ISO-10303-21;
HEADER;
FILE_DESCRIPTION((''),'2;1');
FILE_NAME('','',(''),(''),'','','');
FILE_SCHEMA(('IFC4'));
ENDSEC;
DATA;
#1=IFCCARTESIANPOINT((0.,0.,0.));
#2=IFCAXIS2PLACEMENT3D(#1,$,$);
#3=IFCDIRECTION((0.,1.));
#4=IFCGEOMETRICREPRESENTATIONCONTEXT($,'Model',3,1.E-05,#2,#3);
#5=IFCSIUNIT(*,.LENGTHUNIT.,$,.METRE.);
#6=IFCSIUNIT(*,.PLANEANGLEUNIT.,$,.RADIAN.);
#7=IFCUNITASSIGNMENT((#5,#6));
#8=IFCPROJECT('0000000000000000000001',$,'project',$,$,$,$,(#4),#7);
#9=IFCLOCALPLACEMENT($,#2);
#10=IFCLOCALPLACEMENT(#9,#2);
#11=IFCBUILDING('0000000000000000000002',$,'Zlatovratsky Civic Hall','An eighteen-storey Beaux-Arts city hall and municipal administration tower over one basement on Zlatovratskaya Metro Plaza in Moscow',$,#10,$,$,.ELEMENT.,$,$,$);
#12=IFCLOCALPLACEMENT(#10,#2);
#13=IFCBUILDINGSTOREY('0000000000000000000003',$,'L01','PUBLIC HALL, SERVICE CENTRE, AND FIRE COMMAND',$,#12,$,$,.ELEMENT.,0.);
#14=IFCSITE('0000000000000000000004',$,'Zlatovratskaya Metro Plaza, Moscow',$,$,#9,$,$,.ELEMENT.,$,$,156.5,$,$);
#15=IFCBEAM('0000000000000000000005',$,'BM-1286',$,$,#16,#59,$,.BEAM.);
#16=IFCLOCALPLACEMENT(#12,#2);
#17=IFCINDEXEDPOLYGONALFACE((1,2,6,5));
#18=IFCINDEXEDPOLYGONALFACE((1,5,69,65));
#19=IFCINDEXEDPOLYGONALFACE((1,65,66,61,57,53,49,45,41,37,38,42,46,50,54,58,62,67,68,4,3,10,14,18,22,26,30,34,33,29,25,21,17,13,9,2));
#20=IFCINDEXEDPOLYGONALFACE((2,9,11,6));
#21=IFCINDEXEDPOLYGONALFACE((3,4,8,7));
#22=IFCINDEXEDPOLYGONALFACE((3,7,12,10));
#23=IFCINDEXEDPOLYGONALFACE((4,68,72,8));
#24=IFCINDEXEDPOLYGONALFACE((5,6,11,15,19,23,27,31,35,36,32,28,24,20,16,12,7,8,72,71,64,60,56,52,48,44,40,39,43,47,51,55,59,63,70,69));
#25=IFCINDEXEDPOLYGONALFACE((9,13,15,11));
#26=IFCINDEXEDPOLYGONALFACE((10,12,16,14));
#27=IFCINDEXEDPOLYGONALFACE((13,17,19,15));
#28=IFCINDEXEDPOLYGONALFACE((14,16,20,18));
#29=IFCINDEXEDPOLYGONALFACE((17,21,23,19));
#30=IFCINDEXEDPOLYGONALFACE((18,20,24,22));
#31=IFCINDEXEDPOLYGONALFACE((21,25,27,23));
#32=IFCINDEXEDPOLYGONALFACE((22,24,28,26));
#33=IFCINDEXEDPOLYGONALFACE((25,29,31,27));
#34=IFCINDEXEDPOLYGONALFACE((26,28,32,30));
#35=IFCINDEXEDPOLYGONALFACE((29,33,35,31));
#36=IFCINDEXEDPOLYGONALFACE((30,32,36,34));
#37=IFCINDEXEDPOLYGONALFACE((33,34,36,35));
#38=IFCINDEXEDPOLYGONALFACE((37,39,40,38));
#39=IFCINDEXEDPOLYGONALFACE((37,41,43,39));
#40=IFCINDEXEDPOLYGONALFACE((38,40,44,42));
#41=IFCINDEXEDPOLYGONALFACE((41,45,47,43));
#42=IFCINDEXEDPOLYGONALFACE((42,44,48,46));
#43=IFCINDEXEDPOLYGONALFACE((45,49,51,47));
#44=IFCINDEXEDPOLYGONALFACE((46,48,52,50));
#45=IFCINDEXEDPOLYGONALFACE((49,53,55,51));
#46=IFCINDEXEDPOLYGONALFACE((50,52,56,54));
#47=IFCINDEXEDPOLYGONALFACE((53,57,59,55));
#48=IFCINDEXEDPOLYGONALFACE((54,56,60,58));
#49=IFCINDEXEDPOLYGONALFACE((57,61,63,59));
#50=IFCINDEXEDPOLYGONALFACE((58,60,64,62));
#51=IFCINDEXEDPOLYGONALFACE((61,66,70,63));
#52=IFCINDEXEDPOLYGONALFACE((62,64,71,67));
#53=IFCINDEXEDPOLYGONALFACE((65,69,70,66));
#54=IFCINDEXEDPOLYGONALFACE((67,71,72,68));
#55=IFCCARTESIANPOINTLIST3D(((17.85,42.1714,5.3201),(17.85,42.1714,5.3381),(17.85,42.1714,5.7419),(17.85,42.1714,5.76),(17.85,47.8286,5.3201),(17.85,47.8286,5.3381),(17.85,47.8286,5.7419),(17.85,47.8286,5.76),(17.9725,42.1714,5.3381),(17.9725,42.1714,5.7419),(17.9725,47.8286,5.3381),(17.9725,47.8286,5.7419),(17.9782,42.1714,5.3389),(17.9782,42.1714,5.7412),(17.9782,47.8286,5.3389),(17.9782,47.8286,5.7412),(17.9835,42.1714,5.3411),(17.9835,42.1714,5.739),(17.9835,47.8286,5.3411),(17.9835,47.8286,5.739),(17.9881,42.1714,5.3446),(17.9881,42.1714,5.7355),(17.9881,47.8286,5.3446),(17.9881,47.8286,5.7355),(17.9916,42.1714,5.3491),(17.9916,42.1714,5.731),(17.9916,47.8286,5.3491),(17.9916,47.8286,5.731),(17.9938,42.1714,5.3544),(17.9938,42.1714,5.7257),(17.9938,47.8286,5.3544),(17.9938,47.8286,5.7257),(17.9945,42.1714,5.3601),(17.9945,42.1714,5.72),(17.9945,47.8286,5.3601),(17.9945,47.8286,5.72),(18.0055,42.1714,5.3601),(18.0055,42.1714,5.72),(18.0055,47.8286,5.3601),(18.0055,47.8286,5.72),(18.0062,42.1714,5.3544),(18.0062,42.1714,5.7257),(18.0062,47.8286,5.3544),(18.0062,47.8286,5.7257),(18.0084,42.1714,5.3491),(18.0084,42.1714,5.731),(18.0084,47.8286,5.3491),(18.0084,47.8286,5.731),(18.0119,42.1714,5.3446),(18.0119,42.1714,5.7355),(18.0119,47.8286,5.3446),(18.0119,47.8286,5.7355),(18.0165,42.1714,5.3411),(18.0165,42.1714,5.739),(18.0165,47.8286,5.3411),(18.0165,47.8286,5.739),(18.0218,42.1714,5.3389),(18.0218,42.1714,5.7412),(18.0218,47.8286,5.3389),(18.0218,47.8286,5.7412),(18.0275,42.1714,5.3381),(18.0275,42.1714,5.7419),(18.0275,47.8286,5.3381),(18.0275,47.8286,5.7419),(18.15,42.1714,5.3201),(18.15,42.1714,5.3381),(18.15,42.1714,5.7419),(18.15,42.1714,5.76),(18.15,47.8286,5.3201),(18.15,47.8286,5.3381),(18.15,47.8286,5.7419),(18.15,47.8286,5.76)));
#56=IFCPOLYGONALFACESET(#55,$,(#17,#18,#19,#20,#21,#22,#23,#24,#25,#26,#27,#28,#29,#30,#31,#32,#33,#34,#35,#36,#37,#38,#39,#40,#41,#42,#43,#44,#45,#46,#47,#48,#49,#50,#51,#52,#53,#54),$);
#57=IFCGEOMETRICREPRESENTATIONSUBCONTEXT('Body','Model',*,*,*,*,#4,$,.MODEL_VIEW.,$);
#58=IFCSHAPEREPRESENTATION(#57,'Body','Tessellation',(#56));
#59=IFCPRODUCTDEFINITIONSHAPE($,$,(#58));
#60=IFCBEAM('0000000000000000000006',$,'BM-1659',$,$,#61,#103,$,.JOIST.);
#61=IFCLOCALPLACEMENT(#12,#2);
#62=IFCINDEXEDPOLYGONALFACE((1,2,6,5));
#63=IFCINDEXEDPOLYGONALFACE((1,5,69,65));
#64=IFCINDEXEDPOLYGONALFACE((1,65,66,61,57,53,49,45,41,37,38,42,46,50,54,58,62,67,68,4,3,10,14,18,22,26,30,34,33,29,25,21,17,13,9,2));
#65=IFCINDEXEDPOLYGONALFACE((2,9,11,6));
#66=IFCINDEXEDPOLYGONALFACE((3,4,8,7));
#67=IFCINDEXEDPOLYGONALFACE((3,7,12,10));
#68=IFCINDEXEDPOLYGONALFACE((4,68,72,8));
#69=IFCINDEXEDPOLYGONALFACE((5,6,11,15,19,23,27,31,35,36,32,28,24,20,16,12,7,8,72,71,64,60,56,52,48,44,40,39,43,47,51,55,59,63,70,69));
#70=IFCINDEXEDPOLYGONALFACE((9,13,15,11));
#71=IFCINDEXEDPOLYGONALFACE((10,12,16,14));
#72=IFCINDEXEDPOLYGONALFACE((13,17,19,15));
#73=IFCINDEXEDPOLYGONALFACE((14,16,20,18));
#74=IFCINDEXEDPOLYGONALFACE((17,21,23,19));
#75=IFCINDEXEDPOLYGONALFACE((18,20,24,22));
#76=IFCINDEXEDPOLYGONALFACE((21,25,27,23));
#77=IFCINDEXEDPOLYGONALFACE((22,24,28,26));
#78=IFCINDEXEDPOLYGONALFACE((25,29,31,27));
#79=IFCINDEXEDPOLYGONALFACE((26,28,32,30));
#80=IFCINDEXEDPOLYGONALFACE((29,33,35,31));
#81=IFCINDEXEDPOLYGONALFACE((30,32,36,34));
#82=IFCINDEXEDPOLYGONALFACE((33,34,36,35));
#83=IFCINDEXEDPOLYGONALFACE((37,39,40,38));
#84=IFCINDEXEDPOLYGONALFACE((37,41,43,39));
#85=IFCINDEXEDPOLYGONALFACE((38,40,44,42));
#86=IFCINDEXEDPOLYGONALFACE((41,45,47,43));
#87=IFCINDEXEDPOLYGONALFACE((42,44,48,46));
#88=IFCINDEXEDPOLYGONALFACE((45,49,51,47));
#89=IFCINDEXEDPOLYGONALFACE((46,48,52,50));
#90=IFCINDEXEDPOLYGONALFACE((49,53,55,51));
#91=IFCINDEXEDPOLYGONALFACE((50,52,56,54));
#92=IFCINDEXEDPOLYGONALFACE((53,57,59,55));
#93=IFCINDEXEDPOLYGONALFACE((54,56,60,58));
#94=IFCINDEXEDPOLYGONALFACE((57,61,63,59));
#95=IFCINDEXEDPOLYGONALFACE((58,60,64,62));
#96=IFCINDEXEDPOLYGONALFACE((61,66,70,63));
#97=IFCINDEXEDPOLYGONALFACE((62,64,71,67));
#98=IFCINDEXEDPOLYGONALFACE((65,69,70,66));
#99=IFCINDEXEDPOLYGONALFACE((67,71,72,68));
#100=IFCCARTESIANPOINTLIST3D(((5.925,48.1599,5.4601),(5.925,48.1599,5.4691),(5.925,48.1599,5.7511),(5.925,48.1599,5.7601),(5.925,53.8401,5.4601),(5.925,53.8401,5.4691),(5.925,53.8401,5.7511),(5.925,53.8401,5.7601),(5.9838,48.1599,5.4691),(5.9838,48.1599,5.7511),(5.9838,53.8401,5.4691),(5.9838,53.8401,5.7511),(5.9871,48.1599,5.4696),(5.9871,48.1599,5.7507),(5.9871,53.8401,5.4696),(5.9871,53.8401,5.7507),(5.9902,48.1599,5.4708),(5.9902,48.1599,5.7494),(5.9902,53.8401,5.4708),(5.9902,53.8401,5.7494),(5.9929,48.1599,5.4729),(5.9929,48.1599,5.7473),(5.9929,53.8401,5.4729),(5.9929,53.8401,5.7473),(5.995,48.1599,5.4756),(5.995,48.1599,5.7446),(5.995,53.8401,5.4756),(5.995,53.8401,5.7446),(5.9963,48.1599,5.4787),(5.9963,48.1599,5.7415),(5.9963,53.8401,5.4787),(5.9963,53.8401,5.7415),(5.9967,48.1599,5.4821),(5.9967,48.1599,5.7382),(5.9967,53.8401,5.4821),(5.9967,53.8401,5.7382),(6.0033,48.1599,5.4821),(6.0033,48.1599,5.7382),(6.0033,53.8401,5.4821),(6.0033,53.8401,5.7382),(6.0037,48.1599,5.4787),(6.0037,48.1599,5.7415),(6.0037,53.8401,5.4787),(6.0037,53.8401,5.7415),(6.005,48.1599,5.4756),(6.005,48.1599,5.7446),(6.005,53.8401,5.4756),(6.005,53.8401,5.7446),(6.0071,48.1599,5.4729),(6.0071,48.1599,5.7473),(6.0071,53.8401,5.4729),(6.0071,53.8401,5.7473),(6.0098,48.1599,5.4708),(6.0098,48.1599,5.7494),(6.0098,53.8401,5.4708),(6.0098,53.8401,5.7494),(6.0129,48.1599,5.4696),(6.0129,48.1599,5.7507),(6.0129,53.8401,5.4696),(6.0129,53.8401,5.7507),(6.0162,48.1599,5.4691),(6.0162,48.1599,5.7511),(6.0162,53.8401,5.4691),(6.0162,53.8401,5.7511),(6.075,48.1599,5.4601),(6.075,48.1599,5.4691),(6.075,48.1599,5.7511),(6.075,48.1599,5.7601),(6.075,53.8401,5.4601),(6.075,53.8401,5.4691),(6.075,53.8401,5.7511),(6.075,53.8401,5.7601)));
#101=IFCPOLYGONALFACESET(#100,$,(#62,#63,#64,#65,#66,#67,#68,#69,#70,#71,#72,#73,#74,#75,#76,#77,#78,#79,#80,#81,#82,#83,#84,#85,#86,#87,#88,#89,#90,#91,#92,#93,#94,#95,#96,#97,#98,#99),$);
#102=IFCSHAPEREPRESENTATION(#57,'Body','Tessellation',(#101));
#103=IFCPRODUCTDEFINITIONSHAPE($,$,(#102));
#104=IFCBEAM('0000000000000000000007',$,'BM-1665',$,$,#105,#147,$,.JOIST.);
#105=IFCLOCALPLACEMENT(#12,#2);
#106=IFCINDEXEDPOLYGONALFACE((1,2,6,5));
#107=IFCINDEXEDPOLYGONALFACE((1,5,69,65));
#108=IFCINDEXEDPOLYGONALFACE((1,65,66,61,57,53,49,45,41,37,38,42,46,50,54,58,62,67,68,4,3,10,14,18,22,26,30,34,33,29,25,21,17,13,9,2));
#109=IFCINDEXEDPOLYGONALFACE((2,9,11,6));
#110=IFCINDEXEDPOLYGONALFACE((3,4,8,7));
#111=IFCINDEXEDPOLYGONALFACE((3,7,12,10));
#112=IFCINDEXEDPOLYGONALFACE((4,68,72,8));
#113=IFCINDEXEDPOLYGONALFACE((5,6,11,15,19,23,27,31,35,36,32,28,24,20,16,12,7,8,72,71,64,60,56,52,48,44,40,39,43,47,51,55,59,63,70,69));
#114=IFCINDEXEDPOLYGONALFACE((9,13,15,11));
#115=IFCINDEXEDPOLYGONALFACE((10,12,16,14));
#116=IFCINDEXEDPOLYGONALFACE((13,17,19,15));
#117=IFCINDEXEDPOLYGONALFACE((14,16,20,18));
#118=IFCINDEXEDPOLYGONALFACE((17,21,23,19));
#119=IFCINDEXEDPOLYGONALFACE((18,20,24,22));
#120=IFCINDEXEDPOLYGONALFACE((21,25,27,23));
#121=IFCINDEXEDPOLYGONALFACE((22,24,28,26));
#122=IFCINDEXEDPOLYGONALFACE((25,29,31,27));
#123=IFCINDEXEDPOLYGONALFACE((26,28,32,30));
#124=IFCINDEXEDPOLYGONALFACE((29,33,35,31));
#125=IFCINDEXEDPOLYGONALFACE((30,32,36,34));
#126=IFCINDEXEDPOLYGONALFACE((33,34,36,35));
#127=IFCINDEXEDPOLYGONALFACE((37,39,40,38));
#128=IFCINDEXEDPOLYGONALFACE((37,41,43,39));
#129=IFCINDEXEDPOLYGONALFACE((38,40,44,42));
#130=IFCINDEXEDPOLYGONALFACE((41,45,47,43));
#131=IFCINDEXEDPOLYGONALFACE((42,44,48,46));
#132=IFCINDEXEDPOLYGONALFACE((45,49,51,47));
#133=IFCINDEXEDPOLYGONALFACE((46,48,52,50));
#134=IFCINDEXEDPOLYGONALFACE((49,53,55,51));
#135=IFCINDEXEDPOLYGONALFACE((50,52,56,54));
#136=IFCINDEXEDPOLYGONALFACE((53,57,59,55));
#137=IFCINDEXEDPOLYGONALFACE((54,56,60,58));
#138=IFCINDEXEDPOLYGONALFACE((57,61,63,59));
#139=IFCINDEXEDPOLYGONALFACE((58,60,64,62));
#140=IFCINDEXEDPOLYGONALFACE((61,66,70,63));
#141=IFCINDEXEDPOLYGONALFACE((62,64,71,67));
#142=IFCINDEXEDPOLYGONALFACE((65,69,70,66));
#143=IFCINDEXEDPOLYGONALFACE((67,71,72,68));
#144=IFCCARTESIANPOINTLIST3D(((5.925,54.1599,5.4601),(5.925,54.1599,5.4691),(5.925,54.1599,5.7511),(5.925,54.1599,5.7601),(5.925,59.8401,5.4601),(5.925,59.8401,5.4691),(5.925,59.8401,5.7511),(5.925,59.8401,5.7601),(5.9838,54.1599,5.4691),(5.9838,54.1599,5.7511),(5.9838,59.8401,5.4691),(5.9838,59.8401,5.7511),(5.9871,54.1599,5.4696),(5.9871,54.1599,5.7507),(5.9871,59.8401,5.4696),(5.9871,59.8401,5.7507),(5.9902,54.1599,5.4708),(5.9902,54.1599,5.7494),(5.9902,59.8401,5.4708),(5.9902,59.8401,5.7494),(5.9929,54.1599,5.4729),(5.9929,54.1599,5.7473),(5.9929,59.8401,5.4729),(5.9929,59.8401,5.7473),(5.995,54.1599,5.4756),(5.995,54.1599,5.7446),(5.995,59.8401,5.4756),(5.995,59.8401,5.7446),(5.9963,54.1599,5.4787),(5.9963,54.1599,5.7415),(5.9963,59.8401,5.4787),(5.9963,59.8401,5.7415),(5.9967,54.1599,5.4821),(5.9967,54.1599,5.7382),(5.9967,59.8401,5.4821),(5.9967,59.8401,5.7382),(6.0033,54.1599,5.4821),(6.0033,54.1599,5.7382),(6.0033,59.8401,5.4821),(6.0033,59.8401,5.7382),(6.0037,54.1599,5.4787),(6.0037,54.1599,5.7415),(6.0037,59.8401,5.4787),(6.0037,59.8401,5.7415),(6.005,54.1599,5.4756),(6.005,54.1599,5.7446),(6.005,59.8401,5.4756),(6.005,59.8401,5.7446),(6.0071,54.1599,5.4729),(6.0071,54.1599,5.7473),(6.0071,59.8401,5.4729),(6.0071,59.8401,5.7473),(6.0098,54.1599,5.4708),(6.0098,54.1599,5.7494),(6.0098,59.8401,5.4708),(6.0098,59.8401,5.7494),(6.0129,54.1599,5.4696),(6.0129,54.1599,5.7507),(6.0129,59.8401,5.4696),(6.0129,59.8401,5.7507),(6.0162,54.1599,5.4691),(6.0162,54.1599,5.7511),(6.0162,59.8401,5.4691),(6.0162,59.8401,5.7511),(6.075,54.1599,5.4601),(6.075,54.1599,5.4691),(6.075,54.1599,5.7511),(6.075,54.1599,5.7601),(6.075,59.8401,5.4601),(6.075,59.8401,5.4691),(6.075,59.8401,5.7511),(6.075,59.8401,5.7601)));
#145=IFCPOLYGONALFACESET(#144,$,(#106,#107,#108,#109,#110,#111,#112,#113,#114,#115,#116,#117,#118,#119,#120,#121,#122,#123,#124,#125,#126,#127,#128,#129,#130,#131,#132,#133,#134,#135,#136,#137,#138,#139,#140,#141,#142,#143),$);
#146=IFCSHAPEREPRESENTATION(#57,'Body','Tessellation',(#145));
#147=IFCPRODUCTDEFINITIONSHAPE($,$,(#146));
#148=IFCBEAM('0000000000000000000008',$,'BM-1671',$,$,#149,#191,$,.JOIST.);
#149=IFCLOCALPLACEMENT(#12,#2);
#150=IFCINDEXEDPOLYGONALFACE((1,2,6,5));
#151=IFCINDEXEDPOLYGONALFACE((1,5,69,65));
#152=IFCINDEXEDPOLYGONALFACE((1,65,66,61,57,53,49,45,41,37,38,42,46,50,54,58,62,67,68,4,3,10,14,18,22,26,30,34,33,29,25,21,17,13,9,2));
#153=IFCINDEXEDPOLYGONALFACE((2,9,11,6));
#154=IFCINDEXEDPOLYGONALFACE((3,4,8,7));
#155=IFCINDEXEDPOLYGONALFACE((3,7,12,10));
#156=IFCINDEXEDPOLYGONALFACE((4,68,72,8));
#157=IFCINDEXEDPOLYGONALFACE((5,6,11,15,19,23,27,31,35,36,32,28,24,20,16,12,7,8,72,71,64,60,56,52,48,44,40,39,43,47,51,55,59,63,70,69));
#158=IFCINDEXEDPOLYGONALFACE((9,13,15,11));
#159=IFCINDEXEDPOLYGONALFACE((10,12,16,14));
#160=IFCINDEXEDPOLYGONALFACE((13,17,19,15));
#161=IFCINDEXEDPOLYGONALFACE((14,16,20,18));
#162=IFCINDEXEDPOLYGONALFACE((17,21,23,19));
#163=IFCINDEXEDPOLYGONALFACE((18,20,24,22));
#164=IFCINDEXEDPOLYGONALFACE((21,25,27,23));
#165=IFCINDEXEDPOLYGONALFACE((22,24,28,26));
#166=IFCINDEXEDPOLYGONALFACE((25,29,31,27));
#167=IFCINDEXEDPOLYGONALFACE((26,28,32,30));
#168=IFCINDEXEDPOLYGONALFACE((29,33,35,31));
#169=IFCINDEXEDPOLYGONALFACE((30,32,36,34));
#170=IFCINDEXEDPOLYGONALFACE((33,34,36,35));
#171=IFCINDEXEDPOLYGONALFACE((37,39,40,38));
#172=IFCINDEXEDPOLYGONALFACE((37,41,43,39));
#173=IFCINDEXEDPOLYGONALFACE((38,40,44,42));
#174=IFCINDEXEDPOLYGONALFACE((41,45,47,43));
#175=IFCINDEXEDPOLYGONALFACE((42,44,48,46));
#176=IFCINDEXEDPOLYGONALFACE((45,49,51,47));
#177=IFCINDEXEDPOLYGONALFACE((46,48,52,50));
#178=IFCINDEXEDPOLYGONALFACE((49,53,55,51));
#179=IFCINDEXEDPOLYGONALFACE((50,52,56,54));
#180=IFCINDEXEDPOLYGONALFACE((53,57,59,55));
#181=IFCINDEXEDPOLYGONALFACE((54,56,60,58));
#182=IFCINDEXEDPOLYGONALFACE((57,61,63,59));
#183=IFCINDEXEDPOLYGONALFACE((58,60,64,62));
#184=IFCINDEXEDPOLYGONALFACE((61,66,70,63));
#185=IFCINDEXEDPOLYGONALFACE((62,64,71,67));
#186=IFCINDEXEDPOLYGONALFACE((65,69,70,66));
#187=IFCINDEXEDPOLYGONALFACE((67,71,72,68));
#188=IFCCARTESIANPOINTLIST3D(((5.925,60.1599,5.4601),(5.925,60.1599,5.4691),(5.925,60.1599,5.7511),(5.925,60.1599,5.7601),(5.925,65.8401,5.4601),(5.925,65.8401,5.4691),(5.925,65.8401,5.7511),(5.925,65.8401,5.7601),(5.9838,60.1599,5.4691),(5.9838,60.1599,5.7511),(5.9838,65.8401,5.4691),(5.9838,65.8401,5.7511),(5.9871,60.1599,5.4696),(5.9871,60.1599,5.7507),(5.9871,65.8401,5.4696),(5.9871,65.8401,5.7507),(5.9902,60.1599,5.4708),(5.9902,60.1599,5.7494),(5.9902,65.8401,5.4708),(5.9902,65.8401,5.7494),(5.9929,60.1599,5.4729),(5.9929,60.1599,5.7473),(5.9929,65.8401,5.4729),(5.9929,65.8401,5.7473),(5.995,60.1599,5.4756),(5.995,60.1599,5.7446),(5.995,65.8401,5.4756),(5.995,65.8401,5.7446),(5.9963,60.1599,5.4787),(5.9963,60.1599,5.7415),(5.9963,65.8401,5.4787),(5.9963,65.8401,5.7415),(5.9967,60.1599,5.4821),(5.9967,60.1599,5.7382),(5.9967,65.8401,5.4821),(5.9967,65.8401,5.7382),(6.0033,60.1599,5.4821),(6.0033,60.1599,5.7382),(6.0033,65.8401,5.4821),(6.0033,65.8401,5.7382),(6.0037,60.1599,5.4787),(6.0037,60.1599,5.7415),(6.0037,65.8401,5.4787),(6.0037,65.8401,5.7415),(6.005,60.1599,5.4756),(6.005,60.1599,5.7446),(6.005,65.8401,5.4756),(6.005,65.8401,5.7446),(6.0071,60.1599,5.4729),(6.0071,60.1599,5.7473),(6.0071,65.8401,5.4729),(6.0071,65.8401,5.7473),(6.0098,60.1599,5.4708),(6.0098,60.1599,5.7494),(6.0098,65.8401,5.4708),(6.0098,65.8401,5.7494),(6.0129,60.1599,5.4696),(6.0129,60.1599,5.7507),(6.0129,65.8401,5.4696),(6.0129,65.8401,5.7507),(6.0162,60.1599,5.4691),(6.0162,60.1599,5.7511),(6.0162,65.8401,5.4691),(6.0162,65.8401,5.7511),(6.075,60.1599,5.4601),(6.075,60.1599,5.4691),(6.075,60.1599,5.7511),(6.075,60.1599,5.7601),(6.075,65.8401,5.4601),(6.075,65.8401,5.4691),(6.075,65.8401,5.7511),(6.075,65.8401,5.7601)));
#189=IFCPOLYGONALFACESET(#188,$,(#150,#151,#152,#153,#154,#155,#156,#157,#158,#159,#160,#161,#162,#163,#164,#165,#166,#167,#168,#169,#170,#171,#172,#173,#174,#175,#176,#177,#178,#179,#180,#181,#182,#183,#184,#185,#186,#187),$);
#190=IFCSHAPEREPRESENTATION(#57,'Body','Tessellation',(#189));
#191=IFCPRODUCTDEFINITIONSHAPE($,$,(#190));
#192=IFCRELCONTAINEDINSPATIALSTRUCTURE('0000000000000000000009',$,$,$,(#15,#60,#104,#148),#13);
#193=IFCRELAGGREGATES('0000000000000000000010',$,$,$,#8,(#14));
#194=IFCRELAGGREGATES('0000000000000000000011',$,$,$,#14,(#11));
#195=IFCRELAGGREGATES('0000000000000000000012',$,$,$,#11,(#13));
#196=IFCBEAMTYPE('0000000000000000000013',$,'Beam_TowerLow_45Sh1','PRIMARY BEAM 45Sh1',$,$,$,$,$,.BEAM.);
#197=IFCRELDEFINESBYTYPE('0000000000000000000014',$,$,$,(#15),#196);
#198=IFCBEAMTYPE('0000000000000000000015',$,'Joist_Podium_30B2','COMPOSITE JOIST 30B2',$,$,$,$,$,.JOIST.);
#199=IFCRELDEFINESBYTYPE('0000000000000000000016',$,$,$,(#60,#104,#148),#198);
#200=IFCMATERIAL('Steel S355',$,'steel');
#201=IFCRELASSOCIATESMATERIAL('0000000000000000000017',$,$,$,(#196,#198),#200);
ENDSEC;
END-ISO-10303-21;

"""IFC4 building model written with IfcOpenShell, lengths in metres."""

from ifc_helpers import new_model, si_unit, direction, frame, origin, origin_2d, place, context, subcontext, project, spatial, i_section, extrude, material, material_profile, profile_set, type_object, element, save


model = new_model("IFC4")

# Units and contexts
model_context = context("Model", 3, precision=1e-05, world=origin(), true_north=direction((0.0, 1.0)))
body_context = subcontext(model_context, "Body", "Model", "MODEL_VIEW")
ifc_project = project(units=[si_unit("LENGTHUNIT", "METRE"), si_unit("PLANEANGLEUNIT", "RADIAN")], contexts=[model_context])

# Site, building, storey
site_placement = place(None, origin())
site = spatial("IfcSite", under=ifc_project, at=site_placement, Name="Zlatovratskaya Metro Plaza, Moscow", CompositionType="ELEMENT", RefElevation=156.5)
building_placement = place(site_placement, origin())
building = spatial("IfcBuilding", under=site, at=building_placement, Name="Zlatovratsky Civic Hall", Description="An eighteen-storey Beaux-Arts city hall and municipal administration tower over one basement on Zlatovratskaya Metro Plaza in Moscow", CompositionType="ELEMENT")
storey_placement = place(building_placement, origin())
storey = spatial("IfcBuildingStorey", under=building, at=storey_placement, Name="L01", Description="PUBLIC HALL, SERVICE CENTRE, AND FIRE COMMAND", CompositionType="ELEMENT", Elevation=0.0)

# Shared definitions
ifc_material_1 = material(Name="Steel S355", Category="steel")

# Beams
ifc_material_profile_1 = material_profile(ifc_material_1, i_section(OverallWidth=0.3, OverallDepth=0.4399, WebThickness=0.011, FlangeThickness=0.0181, FilletRadius=0.022, at=origin_2d()), Name="45Sh1")
ifc_profile_set_1 = profile_set([ifc_material_profile_1], Name="Steel S355")
beam_type_1 = type_object("IfcBeamType", Name="Beam_TowerLow_45Sh1", Description="PRIMARY BEAM 45Sh1", PredefinedType="BEAM", material=ifc_profile_set_1)
for number, where, z_axis, x_axis, name in (
    (1, (18.0, 42.1714, 5.54), (0.0, 1.0, 0.0), (-1.0, 0.0, 0.0), "BM-1286"),
):
    element("IfcBeam", number, at=place(storey_placement, frame(where, z_axis=z_axis, x_axis=x_axis)), inside=storey, type_object=beam_type_1, Name=name, PredefinedType="BEAM", context=body_context, shape_type="SweptSolid", body=[
        extrude(i_section(OverallWidth=0.3, OverallDepth=0.4399, WebThickness=0.011, FlangeThickness=0.0181, FilletRadius=0.022, at=origin_2d()), origin(), (0.0, 0.0, 1.0), 5.6572),
    ])
ifc_material_profile_2 = material_profile(ifc_material_1, i_section(OverallWidth=0.1499, OverallDepth=0.3, WebThickness=0.0066, FlangeThickness=0.009, FilletRadius=0.0129, at=origin_2d()), Name="30B2")
ifc_profile_set_2 = profile_set([ifc_material_profile_2], Name="Steel S355")
beam_type_2 = type_object("IfcBeamType", Name="Joist_Podium_30B2", Description="COMPOSITE JOIST 30B2", PredefinedType="JOIST", material=ifc_profile_set_2)
for number, where, z_axis, x_axis, name in (
    (2, (6.0, 48.1599, 5.6101), (0.0, 1.0, 0.0), (-1.0, 0.0, 0.0), "BM-1659"),
    (3, (6.0, 54.1599, 5.6101), (0.0, 1.0, 0.0), (-1.0, 0.0, 0.0), "BM-1665"),
    (4, (6.0, 60.1599, 5.6101), (0.0, 1.0, 0.0), (-1.0, 0.0, 0.0), "BM-1671"),
):
    element("IfcBeam", number, at=place(storey_placement, frame(where, z_axis=z_axis, x_axis=x_axis)), inside=storey, type_object=beam_type_2, Name=name, PredefinedType="JOIST", context=body_context, shape_type="SweptSolid", body=[
        extrude(i_section(OverallWidth=0.1499, OverallDepth=0.3, WebThickness=0.0066, FlangeThickness=0.009, FilletRadius=0.0129, at=origin_2d()), origin(), (0.0, 0.0, 1.0), 5.6802),
    ])

save(model, "model.ifc")
